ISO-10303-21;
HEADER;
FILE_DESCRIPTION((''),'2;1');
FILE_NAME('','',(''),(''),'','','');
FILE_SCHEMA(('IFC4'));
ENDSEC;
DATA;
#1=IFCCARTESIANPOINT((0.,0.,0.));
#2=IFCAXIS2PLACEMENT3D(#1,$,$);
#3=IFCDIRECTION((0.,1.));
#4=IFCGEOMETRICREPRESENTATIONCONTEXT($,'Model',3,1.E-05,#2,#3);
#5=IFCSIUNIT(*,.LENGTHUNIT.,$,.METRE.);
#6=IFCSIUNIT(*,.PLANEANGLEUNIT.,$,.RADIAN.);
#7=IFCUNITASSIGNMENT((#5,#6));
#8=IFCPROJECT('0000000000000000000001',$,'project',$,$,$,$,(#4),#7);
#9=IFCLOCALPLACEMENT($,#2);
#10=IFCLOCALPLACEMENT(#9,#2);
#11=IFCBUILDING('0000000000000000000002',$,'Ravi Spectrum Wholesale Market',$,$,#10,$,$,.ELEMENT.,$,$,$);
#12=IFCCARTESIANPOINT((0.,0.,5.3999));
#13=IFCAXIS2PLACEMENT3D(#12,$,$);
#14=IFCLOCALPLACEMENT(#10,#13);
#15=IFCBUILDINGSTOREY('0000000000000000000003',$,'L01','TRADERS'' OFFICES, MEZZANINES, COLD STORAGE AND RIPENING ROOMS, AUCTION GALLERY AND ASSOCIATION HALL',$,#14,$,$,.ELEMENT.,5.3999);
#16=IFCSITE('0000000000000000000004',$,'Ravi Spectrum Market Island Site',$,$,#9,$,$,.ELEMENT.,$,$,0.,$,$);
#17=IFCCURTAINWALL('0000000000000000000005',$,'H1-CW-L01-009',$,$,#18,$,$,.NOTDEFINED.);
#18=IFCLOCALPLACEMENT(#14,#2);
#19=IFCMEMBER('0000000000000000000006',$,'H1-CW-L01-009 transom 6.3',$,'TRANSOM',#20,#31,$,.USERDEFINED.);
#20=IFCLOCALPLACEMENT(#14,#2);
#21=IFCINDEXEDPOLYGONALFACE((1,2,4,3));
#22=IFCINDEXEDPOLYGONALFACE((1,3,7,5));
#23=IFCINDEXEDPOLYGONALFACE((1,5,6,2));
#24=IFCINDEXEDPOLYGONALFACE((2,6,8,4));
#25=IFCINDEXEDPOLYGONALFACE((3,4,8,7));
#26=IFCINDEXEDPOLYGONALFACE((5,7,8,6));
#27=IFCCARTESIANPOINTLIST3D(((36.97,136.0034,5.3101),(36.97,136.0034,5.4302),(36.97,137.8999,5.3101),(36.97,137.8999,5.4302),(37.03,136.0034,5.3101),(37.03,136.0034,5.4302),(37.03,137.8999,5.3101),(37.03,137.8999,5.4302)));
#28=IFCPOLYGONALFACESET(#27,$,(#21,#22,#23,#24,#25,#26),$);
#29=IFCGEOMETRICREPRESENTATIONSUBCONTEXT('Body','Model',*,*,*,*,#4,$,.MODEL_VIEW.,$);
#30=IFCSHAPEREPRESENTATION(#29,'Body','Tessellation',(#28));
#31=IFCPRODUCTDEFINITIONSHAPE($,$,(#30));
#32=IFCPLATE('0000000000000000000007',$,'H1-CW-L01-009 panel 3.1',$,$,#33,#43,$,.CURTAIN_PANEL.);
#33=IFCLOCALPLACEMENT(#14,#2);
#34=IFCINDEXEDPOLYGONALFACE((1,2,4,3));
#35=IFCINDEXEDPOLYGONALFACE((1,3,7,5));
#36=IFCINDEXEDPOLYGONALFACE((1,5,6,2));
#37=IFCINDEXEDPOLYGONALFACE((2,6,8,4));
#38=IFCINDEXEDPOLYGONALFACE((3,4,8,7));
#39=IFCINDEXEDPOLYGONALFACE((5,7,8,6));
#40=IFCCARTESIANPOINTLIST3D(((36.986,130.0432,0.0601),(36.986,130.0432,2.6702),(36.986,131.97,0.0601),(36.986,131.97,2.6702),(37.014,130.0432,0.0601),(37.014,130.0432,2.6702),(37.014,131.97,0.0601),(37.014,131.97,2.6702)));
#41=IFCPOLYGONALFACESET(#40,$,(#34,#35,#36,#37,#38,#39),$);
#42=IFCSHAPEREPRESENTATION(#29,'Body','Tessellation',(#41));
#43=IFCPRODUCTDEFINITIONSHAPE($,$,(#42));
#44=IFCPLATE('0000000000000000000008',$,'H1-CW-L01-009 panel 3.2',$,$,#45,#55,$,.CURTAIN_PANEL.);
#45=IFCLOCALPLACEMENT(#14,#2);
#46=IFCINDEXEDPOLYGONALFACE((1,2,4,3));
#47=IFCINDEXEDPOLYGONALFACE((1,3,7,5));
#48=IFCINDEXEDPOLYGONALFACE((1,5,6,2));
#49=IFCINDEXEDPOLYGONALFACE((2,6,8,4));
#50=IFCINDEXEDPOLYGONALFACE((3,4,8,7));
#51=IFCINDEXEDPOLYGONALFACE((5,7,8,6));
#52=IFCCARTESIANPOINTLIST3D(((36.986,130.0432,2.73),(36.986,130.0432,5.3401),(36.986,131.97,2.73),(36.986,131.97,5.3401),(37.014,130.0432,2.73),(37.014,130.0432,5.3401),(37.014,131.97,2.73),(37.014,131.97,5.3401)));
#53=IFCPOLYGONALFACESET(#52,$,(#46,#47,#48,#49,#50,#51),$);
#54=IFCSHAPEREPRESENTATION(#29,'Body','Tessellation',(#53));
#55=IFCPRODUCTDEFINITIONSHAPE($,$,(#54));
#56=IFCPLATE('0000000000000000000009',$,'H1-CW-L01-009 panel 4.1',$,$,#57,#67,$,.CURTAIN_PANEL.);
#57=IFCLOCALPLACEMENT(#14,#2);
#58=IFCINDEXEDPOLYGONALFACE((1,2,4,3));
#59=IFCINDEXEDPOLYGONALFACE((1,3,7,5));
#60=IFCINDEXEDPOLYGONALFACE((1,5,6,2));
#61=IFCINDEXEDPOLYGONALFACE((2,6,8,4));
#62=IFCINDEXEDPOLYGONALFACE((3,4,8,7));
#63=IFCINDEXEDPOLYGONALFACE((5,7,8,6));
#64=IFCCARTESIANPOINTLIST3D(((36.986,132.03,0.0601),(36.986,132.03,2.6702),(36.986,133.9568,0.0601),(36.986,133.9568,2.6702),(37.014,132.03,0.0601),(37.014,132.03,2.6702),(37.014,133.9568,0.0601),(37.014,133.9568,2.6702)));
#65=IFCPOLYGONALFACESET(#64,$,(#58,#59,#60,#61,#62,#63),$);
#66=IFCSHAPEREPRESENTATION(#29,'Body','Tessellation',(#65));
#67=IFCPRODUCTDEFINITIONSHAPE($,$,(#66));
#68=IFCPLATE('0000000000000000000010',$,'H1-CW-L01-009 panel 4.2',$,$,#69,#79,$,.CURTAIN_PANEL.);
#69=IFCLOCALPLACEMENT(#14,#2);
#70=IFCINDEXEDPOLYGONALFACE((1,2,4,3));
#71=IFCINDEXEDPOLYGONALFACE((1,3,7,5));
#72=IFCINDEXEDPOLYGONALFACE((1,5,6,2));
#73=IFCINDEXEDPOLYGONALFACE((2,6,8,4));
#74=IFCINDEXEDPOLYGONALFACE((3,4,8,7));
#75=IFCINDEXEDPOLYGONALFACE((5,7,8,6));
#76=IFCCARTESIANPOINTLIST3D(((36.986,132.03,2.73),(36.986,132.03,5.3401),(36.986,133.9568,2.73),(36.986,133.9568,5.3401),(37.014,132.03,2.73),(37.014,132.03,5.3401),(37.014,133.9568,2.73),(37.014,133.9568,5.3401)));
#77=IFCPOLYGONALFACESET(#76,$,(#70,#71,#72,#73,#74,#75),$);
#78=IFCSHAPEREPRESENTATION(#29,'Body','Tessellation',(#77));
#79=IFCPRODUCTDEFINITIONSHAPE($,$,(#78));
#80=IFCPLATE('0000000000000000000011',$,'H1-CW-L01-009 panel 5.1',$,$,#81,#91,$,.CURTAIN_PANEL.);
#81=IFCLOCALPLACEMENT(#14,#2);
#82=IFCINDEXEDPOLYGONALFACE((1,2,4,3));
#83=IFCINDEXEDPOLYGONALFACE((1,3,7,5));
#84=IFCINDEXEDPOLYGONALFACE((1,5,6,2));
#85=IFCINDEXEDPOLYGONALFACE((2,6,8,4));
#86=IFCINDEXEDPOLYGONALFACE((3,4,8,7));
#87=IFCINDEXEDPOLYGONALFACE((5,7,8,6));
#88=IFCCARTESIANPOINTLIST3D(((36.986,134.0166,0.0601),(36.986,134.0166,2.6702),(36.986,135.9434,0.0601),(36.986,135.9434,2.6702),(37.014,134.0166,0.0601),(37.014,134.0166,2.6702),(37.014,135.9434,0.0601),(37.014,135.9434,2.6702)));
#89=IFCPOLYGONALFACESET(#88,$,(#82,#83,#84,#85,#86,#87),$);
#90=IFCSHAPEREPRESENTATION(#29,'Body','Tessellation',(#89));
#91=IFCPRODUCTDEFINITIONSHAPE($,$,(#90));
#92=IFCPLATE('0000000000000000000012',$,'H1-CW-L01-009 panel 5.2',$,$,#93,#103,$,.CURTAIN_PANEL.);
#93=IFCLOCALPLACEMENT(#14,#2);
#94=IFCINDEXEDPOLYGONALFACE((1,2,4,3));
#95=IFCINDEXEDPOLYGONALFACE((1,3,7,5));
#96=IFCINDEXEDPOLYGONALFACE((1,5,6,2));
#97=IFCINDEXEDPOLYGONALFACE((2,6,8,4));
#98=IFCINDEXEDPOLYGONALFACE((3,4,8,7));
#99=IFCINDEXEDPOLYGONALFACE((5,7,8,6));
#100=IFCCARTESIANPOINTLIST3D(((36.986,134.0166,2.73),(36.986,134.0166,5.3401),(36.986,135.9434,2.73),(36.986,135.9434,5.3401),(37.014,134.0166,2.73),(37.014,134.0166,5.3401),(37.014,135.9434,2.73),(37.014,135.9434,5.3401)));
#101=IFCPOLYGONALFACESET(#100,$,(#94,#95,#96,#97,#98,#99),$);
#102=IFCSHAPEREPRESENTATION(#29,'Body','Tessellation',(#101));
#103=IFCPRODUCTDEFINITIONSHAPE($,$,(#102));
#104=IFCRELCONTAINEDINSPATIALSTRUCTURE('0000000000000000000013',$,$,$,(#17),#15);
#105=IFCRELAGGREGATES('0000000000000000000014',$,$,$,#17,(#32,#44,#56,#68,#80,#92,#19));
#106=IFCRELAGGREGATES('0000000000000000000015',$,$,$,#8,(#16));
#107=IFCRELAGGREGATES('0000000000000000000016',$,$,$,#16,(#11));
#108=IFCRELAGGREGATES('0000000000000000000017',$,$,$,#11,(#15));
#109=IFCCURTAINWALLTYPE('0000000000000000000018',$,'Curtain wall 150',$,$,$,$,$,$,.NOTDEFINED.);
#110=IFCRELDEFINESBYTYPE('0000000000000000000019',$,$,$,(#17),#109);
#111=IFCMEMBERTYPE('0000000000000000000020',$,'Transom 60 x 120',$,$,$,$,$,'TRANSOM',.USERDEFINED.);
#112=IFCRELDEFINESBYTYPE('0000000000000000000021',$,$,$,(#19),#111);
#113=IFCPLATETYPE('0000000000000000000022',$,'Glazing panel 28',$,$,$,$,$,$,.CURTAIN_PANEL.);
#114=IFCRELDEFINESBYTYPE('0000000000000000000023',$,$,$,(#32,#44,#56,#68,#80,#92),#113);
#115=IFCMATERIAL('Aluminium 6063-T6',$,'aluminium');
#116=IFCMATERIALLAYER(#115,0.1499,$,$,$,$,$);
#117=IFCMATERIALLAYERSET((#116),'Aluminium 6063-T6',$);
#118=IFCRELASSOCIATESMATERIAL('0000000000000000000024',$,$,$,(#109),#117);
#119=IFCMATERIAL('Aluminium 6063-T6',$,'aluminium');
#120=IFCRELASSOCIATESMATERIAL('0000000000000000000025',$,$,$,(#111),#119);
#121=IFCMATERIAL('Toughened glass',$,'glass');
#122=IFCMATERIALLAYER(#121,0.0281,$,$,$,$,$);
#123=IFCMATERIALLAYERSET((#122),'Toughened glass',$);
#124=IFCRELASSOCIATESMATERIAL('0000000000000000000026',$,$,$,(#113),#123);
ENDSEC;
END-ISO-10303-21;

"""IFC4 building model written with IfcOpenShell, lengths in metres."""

from ifc_helpers import new_model, si_unit, direction, frame, origin, origin_2d, place, context, subcontext, project, spatial, rectangle, extrude, material, layer, layer_set, material_profile, profile_set, type_object, element, aggregate, save


model = new_model("IFC4")

# Units and contexts
model_context = context("Model", 3, precision=1e-05, world=origin(), true_north=direction((0.0, 1.0)))
body_context = subcontext(model_context, "Body", "Model", "MODEL_VIEW")
ifc_project = project(units=[si_unit("LENGTHUNIT", "METRE"), si_unit("PLANEANGLEUNIT", "RADIAN")], contexts=[model_context])

# Site, building, storey
site_placement = place(None, origin())
site = spatial("IfcSite", under=ifc_project, at=site_placement, Name="Ravi Spectrum Market Island Site", CompositionType="ELEMENT", RefElevation=0.0)
building_placement = place(site_placement, origin())
building = spatial("IfcBuilding", under=site, at=building_placement, Name="Ravi Spectrum Wholesale Market", CompositionType="ELEMENT")
storey_placement = place(building_placement, frame((0.0, 0.0, 5.3999)))
storey = spatial("IfcBuildingStorey", under=building, at=storey_placement, Name="L01", Description="TRADERS' OFFICES, MEZZANINES, COLD STORAGE AND RIPENING ROOMS, AUCTION GALLERY AND ASSOCIATION HALL", CompositionType="ELEMENT", Elevation=5.3999)

# Curtain wall, member, plates
ifc_material_1 = material(Name="Aluminium 6063-T6", Category="aluminium")
ifc_layer_1 = layer(ifc_material_1, 0.1499)
ifc_layer_set_1 = layer_set([ifc_layer_1], Name="Aluminium 6063-T6")
curtain_wall_type = type_object("IfcCurtainWallType", Name="Curtain wall 150", PredefinedType="NOTDEFINED", material=ifc_layer_set_1)
curtain_wall_placement = place(storey_placement, origin())
curtain_wall = element("IfcCurtainWall", 1, at=curtain_wall_placement, inside=storey, type_object=curtain_wall_type, Name="H1-CW-L01-009", PredefinedType="NOTDEFINED")
ifc_material_2 = material(Name="Aluminium 6063-T6", Category="aluminium")
ifc_material_profile_1 = material_profile(ifc_material_2, rectangle(XDim=0.0601, YDim=0.1201, at=origin_2d()))
ifc_profile_set_1 = profile_set([ifc_material_profile_1], Name="Aluminium 6063-T6")
member_type_1 = type_object("IfcMemberType", Name="Transom 60 x 120", ElementType="TRANSOM", PredefinedType="USERDEFINED", material=ifc_profile_set_1)
member_1_placement = place(storey_placement, frame((37.0, 136.0034, 5.3701), z_axis=(0.0, 1.0, 0.0), x_axis=(-1.0, 0.0, 0.0)))
member_1 = element("IfcMember", 2, at=member_1_placement, type_object=member_type_1, Name="H1-CW-L01-009 transom 6.3", ObjectType="TRANSOM", PredefinedType="USERDEFINED", context=body_context, shape_type="SweptSolid", body=[
    extrude(rectangle(XDim=0.0601, YDim=0.1201, at=origin_2d()), origin(), (0.0, 0.0, 1.0), 1.8965),
])
ifc_material_3 = material(Name="Toughened glass", Category="glass")
ifc_layer_2 = layer(ifc_material_3, 0.0281)
ifc_layer_set_2 = layer_set([ifc_layer_2], Name="Toughened glass")
plate_type = type_object("IfcPlateType", Name="Glazing panel 28", PredefinedType="CURTAIN_PANEL", material=ifc_layer_set_2)
plate_1_placement = place(storey_placement, frame((37.0, 131.0066, 0.0601), z_axis=(0.0, 0.0, 1.0), x_axis=(0.0, 1.0, 0.0)))
plate_1 = element("IfcPlate", 3, at=plate_1_placement, type_object=plate_type, Name="H1-CW-L01-009 panel 3.1", PredefinedType="CURTAIN_PANEL", context=body_context, shape_type="SweptSolid", body=[
    extrude(rectangle(XDim=1.9268, YDim=0.0281, at=origin_2d()), origin(), (0.0, 0.0, 1.0), 2.6101),
])
plate_2_placement = place(storey_placement, frame((37.0, 131.0066, 2.73), z_axis=(0.0, 0.0, 1.0), x_axis=(0.0, 1.0, 0.0)))
plate_2 = element("IfcPlate", 4, at=plate_2_placement, type_object=plate_type, Name="H1-CW-L01-009 panel 3.2", PredefinedType="CURTAIN_PANEL", context=body_context, shape_type="SweptSolid", body=[
    extrude(rectangle(XDim=1.9268, YDim=0.0281, at=origin_2d()), origin(), (0.0, 0.0, 1.0), 2.6101),
])
plate_3_placement = place(storey_placement, frame((37.0, 132.9934, 0.0601), z_axis=(0.0, 0.0, 1.0), x_axis=(0.0, 1.0, 0.0)))
plate_3 = element("IfcPlate", 5, at=plate_3_placement, type_object=plate_type, Name="H1-CW-L01-009 panel 4.1", PredefinedType="CURTAIN_PANEL", context=body_context, shape_type="SweptSolid", body=[
    extrude(rectangle(XDim=1.9268, YDim=0.0281, at=origin_2d()), origin(), (0.0, 0.0, 1.0), 2.6101),
])
plate_4_placement = place(storey_placement, frame((37.0, 132.9934, 2.73), z_axis=(0.0, 0.0, 1.0), x_axis=(0.0, 1.0, 0.0)))
plate_4 = element("IfcPlate", 6, at=plate_4_placement, type_object=plate_type, Name="H1-CW-L01-009 panel 4.2", PredefinedType="CURTAIN_PANEL", context=body_context, shape_type="SweptSolid", body=[
    extrude(rectangle(XDim=1.9268, YDim=0.0281, at=origin_2d()), origin(), (0.0, 0.0, 1.0), 2.6101),
])
plate_5_placement = place(storey_placement, frame((37.0, 134.98, 0.0601), z_axis=(0.0, 0.0, 1.0), x_axis=(0.0, 1.0, 0.0)))
plate_5 = element("IfcPlate", 7, at=plate_5_placement, type_object=plate_type, Name="H1-CW-L01-009 panel 5.1", PredefinedType="CURTAIN_PANEL", context=body_context, shape_type="SweptSolid", body=[
    extrude(rectangle(XDim=1.9268, YDim=0.0281, at=origin_2d()), origin(), (0.0, 0.0, 1.0), 2.6101),
])
plate_6_placement = place(storey_placement, frame((37.0, 134.98, 2.73), z_axis=(0.0, 0.0, 1.0), x_axis=(0.0, 1.0, 0.0)))
plate_6 = element("IfcPlate", 8, at=plate_6_placement, type_object=plate_type, Name="H1-CW-L01-009 panel 5.2", PredefinedType="CURTAIN_PANEL", context=body_context, shape_type="SweptSolid", body=[
    extrude(rectangle(XDim=1.9268, YDim=0.0281, at=origin_2d()), origin(), (0.0, 0.0, 1.0), 2.6101),
])
aggregate(curtain_wall, [plate_1, plate_2, plate_3, plate_4, plate_5, plate_6, member_1])

save(model, "model.ifc")
